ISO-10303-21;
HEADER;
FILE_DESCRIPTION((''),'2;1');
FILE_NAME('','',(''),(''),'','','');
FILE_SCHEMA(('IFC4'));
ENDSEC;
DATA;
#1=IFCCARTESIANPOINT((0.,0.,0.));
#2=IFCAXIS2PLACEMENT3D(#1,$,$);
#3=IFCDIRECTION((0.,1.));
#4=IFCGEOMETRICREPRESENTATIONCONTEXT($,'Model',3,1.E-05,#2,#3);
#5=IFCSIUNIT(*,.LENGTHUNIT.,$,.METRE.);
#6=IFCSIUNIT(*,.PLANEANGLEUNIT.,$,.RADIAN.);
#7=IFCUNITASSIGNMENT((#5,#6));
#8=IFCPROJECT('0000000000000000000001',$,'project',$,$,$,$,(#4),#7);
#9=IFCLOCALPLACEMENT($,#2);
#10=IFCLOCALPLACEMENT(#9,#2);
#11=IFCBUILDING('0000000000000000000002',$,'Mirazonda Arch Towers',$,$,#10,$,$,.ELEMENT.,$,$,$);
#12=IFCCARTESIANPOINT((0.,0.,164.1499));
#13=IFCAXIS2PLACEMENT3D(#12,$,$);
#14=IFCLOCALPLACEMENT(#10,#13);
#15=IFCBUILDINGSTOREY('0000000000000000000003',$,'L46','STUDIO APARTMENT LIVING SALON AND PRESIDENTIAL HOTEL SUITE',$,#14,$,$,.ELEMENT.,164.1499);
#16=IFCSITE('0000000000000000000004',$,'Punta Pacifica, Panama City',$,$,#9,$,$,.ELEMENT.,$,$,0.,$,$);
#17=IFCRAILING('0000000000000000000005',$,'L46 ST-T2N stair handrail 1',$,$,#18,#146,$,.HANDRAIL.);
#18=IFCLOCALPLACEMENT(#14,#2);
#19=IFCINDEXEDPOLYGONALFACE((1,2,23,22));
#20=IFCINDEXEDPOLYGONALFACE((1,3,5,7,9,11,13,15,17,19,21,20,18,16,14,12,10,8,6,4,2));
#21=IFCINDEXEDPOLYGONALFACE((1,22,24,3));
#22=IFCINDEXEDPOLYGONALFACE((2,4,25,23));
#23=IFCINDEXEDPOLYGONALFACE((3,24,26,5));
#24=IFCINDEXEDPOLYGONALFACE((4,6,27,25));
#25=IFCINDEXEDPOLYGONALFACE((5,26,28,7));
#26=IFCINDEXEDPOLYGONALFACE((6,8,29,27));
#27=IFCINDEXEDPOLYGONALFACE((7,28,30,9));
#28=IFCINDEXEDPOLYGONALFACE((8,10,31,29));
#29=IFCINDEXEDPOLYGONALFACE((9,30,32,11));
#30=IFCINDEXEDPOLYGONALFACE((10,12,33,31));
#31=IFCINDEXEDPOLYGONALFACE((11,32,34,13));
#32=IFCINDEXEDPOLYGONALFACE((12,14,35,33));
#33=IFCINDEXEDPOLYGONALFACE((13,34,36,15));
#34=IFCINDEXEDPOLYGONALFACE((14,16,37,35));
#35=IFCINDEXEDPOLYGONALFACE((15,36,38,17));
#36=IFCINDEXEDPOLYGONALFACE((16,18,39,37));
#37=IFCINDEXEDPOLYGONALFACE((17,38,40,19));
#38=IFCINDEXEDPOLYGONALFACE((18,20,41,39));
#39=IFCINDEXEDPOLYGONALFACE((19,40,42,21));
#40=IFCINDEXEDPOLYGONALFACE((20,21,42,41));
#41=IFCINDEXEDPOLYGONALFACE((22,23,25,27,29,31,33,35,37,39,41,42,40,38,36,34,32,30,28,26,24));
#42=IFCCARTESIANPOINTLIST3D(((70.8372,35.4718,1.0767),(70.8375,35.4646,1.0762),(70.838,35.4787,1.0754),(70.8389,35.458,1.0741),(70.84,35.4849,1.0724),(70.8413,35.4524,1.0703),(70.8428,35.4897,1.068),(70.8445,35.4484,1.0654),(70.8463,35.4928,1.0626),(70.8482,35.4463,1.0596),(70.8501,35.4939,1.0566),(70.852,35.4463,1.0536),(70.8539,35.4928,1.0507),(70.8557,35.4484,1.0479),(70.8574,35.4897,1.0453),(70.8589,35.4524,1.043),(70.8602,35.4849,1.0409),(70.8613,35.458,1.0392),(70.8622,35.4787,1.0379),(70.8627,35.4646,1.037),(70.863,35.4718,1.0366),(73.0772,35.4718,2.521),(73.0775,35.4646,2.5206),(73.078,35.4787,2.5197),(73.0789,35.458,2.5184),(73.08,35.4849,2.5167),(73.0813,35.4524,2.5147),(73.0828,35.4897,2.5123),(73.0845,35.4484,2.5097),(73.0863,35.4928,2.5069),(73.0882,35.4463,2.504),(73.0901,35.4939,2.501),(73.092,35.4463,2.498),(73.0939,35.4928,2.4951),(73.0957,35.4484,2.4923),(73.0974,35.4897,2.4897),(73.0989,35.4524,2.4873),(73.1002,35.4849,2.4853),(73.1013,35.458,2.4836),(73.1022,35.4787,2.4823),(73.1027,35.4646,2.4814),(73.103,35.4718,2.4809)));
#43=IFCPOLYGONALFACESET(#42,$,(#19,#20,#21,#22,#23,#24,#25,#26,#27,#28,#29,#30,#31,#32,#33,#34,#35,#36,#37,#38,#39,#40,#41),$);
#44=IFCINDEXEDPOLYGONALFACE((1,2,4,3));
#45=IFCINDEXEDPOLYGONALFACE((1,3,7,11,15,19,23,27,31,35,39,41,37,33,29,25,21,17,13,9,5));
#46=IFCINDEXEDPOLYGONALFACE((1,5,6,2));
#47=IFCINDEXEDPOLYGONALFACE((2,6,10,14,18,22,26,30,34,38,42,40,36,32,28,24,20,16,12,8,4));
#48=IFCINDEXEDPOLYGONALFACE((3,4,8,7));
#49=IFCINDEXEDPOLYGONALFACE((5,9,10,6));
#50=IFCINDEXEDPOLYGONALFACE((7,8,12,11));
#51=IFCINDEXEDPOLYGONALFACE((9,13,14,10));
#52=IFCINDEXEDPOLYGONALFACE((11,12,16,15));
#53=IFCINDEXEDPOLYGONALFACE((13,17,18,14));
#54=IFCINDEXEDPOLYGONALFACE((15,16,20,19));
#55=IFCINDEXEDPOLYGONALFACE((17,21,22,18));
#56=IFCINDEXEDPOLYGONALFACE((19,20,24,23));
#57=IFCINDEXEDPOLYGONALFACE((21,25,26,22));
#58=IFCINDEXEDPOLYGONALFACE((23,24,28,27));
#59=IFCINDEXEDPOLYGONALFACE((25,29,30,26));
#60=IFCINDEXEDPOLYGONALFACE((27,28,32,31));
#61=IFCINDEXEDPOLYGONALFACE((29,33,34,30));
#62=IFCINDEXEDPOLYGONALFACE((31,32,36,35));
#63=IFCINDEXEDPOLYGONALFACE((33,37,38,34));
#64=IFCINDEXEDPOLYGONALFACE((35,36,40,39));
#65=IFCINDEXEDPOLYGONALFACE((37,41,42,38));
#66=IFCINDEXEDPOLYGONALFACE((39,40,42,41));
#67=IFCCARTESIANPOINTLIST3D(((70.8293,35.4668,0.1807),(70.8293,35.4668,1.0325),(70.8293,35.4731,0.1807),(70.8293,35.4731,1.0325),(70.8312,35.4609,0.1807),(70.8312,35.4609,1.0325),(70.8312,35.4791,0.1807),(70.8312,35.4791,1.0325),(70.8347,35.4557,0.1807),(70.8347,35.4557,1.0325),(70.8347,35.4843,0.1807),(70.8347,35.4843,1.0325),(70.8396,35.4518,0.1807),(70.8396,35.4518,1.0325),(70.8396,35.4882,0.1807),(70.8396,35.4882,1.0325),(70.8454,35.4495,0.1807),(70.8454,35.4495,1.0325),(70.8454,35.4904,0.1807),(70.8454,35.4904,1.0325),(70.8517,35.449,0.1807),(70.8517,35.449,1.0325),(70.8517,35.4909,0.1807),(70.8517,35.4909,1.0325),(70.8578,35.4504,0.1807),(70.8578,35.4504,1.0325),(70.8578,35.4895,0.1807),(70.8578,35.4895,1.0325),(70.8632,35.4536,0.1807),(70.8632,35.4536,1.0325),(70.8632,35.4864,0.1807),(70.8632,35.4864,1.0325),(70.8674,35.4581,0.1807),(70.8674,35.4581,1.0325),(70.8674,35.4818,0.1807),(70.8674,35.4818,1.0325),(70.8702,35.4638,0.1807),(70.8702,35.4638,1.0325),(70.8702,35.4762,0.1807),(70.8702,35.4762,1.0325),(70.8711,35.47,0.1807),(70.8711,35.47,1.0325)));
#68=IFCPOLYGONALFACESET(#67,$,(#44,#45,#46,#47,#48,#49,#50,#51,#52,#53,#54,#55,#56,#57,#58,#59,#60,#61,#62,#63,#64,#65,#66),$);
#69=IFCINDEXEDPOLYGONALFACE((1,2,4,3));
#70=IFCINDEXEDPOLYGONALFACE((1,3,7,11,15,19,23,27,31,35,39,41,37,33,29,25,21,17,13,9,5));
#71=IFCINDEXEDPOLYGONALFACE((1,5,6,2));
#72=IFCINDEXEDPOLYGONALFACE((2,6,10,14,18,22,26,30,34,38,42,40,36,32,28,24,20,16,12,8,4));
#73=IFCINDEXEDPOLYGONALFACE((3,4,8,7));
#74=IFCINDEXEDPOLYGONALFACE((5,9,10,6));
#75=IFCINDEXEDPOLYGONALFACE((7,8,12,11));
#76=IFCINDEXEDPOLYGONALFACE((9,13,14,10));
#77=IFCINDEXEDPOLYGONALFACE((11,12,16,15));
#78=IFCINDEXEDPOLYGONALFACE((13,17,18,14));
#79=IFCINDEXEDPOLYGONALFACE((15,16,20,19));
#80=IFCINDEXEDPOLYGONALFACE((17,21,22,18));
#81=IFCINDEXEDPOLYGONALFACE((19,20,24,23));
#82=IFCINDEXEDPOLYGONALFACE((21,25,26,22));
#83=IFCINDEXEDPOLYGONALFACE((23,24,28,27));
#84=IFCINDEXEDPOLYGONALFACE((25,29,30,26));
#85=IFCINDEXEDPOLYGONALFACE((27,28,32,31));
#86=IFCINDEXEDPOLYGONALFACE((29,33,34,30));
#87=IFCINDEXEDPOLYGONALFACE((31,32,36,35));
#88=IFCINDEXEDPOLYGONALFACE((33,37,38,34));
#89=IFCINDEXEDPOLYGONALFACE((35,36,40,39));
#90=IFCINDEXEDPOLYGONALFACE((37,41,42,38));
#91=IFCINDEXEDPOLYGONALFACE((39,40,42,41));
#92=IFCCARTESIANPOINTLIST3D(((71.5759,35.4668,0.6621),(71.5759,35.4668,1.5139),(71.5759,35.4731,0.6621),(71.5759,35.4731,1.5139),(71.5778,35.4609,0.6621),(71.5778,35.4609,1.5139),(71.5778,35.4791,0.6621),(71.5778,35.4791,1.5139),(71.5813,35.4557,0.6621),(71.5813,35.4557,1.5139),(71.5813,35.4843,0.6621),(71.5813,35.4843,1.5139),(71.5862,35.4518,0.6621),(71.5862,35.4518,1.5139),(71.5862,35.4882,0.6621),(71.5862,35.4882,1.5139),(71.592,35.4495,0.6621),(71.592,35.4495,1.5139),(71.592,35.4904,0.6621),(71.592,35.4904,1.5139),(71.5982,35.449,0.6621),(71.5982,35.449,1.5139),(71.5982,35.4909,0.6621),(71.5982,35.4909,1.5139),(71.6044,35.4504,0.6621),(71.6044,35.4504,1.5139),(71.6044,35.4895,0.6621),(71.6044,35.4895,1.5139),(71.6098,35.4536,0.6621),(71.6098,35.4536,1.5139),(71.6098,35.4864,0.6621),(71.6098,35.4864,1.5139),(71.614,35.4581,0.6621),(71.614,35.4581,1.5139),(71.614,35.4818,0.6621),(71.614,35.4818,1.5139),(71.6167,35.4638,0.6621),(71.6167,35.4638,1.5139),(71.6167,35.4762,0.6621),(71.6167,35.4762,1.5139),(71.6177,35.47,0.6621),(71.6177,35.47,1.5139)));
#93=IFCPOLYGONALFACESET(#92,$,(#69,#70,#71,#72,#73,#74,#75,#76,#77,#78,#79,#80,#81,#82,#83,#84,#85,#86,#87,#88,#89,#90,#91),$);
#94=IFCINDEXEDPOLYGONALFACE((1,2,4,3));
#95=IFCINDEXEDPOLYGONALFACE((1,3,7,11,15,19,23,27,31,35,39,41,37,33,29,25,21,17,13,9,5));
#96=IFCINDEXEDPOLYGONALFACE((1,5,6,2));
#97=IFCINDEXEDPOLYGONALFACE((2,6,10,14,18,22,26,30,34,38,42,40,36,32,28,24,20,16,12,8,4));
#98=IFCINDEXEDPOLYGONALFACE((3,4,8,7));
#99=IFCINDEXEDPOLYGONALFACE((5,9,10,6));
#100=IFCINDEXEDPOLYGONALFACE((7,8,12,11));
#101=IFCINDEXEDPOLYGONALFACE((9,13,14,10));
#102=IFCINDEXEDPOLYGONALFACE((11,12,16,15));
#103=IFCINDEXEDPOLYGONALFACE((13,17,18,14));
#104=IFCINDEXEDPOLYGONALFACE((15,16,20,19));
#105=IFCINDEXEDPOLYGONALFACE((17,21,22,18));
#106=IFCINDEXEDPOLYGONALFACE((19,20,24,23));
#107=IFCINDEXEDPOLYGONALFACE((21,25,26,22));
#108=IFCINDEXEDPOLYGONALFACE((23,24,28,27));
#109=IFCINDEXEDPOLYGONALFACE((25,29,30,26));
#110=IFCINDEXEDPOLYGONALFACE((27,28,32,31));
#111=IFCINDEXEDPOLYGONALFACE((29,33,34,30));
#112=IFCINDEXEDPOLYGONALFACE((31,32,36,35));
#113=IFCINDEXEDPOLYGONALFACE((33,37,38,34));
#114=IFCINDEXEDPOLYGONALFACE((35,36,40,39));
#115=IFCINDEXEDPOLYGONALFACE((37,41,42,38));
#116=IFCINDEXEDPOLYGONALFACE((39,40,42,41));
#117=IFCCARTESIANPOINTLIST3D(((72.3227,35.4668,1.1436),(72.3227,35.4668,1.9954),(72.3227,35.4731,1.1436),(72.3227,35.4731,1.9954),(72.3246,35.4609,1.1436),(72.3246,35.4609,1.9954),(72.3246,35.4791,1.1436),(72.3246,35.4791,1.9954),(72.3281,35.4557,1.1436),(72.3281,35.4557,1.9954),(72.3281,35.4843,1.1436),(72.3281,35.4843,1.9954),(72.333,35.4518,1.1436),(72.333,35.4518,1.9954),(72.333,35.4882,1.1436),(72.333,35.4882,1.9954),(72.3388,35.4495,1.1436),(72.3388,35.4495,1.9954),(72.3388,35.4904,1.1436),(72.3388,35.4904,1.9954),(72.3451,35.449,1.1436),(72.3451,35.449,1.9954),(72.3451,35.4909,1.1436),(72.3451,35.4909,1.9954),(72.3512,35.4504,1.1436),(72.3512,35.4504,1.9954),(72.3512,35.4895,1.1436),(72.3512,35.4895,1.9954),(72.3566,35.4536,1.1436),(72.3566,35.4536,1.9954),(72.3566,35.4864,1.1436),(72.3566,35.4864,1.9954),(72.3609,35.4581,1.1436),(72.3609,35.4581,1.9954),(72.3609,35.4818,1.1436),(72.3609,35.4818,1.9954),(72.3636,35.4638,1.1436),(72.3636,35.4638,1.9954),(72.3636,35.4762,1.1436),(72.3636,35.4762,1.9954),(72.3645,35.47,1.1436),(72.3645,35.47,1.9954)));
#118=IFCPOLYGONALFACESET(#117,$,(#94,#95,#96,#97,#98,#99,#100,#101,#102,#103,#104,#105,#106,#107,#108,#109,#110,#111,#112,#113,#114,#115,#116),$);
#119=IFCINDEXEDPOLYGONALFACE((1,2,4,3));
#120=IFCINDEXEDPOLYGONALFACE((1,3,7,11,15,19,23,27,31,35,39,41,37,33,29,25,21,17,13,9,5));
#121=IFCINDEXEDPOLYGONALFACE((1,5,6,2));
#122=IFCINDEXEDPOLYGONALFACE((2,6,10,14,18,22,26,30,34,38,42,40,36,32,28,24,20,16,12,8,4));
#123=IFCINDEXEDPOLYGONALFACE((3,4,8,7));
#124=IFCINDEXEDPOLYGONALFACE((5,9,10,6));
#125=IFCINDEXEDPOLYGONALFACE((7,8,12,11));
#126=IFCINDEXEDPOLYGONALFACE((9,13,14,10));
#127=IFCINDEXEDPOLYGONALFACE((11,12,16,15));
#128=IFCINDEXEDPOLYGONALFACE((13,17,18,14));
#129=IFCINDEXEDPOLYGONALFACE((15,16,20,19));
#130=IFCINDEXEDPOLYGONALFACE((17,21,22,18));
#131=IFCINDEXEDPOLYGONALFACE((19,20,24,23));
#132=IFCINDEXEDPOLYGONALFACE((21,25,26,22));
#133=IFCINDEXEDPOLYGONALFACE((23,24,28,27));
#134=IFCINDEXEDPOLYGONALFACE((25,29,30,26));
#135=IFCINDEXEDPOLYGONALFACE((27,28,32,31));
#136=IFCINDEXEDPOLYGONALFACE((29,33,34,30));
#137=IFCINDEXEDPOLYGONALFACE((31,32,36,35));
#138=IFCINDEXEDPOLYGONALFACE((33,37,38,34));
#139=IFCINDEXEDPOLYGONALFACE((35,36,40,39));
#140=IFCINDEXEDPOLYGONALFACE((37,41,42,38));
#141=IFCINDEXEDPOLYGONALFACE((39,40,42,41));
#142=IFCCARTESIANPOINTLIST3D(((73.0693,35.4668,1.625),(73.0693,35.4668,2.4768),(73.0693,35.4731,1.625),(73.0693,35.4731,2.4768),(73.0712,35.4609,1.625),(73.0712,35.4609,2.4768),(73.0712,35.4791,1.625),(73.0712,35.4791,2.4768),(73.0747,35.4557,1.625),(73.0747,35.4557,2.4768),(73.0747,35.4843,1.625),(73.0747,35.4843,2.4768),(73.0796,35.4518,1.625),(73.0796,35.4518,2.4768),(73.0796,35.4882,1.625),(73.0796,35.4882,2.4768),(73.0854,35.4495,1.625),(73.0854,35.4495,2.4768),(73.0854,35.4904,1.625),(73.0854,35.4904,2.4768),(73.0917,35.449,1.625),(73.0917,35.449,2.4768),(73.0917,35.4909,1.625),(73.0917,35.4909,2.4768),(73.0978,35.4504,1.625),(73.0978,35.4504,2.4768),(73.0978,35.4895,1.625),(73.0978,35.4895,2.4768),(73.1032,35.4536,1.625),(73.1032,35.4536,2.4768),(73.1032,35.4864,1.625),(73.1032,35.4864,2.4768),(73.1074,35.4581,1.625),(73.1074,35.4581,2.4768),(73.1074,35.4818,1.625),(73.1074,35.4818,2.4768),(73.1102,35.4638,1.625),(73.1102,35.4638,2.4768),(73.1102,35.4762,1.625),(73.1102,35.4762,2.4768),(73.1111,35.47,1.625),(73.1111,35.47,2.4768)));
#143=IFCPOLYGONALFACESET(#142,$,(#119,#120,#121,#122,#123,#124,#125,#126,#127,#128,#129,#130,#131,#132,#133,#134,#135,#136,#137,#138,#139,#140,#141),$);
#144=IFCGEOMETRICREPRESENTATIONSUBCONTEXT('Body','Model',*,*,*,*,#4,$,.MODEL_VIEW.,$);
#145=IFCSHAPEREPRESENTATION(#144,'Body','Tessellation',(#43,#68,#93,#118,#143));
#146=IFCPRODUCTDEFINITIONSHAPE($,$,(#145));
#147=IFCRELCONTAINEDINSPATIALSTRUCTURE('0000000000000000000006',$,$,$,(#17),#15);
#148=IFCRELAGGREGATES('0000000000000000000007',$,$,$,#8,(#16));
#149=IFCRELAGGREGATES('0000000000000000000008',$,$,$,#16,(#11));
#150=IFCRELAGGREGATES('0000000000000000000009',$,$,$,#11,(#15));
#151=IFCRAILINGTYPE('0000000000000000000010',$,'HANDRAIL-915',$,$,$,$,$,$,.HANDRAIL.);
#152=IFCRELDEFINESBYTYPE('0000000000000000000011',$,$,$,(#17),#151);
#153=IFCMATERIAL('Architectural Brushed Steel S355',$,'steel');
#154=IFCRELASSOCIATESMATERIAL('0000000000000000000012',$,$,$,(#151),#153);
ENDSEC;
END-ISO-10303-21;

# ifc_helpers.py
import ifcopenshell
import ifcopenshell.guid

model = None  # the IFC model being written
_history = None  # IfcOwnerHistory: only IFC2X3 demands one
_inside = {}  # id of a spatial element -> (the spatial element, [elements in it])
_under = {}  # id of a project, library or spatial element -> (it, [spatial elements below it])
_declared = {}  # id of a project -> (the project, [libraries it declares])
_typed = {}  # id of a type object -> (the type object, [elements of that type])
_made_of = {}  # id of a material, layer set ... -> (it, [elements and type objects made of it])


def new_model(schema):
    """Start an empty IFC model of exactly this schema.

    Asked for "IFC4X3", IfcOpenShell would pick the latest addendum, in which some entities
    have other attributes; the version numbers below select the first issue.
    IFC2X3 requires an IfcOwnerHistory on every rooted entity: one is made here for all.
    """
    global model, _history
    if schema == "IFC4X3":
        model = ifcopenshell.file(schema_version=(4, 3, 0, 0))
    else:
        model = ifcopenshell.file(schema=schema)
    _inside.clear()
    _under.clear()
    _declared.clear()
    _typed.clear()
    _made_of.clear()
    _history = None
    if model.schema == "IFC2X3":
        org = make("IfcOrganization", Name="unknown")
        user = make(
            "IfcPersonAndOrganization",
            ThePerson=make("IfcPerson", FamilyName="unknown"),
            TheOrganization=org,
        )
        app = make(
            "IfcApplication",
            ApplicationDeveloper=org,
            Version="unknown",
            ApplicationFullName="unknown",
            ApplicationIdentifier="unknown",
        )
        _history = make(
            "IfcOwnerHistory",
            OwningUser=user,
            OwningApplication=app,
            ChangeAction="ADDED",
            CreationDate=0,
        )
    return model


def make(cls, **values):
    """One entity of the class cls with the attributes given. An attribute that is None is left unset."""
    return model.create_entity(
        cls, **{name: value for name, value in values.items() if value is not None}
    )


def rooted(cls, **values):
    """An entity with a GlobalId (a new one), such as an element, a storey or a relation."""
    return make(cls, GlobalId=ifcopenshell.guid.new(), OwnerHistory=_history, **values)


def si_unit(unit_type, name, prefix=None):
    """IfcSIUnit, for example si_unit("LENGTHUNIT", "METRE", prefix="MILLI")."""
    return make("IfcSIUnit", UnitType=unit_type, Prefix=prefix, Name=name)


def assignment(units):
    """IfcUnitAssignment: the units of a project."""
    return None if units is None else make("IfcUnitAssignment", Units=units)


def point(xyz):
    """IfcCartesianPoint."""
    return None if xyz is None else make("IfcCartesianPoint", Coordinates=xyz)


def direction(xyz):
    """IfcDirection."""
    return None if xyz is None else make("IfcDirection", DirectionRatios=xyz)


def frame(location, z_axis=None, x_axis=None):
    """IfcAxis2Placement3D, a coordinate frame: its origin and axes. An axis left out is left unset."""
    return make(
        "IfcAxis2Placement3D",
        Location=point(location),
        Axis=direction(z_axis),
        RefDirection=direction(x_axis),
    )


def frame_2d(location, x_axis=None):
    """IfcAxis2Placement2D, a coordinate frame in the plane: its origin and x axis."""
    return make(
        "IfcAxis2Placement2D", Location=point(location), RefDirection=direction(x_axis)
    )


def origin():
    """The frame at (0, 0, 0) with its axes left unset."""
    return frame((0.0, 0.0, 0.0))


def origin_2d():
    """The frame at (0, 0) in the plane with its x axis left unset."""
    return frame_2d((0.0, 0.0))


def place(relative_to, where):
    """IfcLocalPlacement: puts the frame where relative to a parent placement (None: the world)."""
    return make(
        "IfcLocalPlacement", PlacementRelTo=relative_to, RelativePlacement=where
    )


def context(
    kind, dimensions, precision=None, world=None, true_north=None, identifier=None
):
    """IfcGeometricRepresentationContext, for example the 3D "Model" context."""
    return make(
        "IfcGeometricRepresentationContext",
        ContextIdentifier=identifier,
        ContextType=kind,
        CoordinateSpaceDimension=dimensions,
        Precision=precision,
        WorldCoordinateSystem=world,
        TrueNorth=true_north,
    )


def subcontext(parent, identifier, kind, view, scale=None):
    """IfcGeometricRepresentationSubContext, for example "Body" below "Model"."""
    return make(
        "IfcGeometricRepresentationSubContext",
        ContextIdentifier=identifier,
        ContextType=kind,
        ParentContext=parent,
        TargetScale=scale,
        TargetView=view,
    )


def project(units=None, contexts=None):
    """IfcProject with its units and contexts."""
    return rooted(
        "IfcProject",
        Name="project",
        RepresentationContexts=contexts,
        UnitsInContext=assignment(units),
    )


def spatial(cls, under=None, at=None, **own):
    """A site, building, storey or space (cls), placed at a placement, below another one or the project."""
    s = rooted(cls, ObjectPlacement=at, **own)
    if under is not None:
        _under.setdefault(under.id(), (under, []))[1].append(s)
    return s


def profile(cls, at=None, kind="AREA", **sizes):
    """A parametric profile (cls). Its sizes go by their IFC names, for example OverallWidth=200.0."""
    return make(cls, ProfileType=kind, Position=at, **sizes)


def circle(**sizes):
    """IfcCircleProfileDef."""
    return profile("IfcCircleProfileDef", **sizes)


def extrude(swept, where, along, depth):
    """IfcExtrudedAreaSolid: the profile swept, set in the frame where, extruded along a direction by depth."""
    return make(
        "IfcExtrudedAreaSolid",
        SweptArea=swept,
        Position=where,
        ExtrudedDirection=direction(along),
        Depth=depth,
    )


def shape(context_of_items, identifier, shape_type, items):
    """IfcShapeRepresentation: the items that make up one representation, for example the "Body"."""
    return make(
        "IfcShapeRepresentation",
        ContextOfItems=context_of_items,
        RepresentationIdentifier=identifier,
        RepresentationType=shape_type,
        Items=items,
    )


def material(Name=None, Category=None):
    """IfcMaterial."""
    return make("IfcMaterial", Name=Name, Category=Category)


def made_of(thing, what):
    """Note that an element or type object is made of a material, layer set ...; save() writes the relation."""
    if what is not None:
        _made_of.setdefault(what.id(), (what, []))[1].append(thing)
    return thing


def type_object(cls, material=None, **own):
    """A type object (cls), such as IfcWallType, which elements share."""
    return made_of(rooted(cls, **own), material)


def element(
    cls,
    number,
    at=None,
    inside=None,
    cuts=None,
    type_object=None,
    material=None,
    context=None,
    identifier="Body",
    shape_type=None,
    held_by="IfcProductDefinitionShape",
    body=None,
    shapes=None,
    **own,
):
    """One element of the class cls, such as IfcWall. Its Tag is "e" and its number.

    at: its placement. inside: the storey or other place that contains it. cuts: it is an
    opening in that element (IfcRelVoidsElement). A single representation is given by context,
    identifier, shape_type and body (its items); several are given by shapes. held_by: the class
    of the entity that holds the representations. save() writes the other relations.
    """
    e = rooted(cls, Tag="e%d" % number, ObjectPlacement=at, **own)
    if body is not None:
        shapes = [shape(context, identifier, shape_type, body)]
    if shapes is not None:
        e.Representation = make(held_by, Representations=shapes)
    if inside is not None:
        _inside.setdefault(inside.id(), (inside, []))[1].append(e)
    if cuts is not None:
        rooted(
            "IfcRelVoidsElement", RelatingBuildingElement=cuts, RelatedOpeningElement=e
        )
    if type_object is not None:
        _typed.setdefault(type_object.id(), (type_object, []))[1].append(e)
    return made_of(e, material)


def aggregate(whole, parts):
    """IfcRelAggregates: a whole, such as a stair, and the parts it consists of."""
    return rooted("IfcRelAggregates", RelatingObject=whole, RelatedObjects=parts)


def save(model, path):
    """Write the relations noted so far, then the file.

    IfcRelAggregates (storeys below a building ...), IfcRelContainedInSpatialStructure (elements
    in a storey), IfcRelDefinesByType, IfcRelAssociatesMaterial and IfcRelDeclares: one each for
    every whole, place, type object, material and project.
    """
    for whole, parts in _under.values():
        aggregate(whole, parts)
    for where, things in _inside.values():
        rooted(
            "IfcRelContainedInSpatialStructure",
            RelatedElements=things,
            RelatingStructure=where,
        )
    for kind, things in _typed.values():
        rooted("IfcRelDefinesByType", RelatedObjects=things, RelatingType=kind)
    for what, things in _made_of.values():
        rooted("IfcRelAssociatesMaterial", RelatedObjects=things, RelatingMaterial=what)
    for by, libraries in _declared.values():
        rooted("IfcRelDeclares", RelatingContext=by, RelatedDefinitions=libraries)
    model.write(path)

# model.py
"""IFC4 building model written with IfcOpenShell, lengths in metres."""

from ifc_helpers import new_model, si_unit, direction, frame, origin, origin_2d, place, context, subcontext, project, spatial, circle, extrude, material, type_object, element, save


model = new_model("IFC4")

# Units and contexts
model_context = context("Model", 3, precision=1e-05, world=origin(), true_north=direction((0.0, 1.0)))
body_context = subcontext(model_context, "Body", "Model", "MODEL_VIEW")
ifc_project = project(units=[si_unit("LENGTHUNIT", "METRE"), si_unit("PLANEANGLEUNIT", "RADIAN")], contexts=[model_context])

# Site, building, storey
site_placement = place(None, origin())
site = spatial("IfcSite", under=ifc_project, at=site_placement, Name="Punta Pacifica, Panama City", CompositionType="ELEMENT", RefElevation=0.0)
building_placement = place(site_placement, origin())
building = spatial("IfcBuilding", under=site, at=building_placement, Name="Mirazonda Arch Towers", CompositionType="ELEMENT")
storey_placement = place(building_placement, frame((0.0, 0.0, 164.1499)))
storey = spatial("IfcBuildingStorey", under=building, at=storey_placement, Name="L46", Description="STUDIO APARTMENT LIVING SALON AND PRESIDENTIAL HOTEL SUITE", CompositionType="ELEMENT", Elevation=164.1499)

# Railing
ifc_material_1 = material(Name="Architectural Brushed Steel S355", Category="steel")
railing_type_1 = type_object("IfcRailingType", Name="HANDRAIL-915", PredefinedType="HANDRAIL", material=ifc_material_1)
railing_1_placement = place(storey_placement, frame((70.8501, 35.47, 0.1807)))
element("IfcRailing", 1, at=railing_1_placement, inside=storey, type_object=railing_type_1, Name="L46 ST-T2N stair handrail 1", PredefinedType="HANDRAIL", context=body_context, shape_type="SweptSolid", body=[
    extrude(circle(Radius=0.0239, at=origin_2d()), frame((0.0, 0.0, 0.876), z_axis=(0.840437, 0.0, 0.54191), x_axis=(0.0, 1.0, 0.0)), (0.0, 0.0, 1.0), 2.6653),
    extrude(circle(Radius=0.021, at=origin_2d()), origin(), (0.0, 0.0, 1.0), 0.8518),
    extrude(circle(Radius=0.021, at=origin_2d()), frame((0.7466, 0.0, 0.4814)), (0.0, 0.0, 1.0), 0.8518),
    extrude(circle(Radius=0.021, at=origin_2d()), frame((1.4934, 0.0, 0.9629)), (0.0, 0.0, 1.0), 0.8518),
    extrude(circle(Radius=0.021, at=origin_2d()), frame((2.24, 0.0, 1.4443)), (0.0, 0.0, 1.0), 0.8518),
])

save(model, "model.ifc")
